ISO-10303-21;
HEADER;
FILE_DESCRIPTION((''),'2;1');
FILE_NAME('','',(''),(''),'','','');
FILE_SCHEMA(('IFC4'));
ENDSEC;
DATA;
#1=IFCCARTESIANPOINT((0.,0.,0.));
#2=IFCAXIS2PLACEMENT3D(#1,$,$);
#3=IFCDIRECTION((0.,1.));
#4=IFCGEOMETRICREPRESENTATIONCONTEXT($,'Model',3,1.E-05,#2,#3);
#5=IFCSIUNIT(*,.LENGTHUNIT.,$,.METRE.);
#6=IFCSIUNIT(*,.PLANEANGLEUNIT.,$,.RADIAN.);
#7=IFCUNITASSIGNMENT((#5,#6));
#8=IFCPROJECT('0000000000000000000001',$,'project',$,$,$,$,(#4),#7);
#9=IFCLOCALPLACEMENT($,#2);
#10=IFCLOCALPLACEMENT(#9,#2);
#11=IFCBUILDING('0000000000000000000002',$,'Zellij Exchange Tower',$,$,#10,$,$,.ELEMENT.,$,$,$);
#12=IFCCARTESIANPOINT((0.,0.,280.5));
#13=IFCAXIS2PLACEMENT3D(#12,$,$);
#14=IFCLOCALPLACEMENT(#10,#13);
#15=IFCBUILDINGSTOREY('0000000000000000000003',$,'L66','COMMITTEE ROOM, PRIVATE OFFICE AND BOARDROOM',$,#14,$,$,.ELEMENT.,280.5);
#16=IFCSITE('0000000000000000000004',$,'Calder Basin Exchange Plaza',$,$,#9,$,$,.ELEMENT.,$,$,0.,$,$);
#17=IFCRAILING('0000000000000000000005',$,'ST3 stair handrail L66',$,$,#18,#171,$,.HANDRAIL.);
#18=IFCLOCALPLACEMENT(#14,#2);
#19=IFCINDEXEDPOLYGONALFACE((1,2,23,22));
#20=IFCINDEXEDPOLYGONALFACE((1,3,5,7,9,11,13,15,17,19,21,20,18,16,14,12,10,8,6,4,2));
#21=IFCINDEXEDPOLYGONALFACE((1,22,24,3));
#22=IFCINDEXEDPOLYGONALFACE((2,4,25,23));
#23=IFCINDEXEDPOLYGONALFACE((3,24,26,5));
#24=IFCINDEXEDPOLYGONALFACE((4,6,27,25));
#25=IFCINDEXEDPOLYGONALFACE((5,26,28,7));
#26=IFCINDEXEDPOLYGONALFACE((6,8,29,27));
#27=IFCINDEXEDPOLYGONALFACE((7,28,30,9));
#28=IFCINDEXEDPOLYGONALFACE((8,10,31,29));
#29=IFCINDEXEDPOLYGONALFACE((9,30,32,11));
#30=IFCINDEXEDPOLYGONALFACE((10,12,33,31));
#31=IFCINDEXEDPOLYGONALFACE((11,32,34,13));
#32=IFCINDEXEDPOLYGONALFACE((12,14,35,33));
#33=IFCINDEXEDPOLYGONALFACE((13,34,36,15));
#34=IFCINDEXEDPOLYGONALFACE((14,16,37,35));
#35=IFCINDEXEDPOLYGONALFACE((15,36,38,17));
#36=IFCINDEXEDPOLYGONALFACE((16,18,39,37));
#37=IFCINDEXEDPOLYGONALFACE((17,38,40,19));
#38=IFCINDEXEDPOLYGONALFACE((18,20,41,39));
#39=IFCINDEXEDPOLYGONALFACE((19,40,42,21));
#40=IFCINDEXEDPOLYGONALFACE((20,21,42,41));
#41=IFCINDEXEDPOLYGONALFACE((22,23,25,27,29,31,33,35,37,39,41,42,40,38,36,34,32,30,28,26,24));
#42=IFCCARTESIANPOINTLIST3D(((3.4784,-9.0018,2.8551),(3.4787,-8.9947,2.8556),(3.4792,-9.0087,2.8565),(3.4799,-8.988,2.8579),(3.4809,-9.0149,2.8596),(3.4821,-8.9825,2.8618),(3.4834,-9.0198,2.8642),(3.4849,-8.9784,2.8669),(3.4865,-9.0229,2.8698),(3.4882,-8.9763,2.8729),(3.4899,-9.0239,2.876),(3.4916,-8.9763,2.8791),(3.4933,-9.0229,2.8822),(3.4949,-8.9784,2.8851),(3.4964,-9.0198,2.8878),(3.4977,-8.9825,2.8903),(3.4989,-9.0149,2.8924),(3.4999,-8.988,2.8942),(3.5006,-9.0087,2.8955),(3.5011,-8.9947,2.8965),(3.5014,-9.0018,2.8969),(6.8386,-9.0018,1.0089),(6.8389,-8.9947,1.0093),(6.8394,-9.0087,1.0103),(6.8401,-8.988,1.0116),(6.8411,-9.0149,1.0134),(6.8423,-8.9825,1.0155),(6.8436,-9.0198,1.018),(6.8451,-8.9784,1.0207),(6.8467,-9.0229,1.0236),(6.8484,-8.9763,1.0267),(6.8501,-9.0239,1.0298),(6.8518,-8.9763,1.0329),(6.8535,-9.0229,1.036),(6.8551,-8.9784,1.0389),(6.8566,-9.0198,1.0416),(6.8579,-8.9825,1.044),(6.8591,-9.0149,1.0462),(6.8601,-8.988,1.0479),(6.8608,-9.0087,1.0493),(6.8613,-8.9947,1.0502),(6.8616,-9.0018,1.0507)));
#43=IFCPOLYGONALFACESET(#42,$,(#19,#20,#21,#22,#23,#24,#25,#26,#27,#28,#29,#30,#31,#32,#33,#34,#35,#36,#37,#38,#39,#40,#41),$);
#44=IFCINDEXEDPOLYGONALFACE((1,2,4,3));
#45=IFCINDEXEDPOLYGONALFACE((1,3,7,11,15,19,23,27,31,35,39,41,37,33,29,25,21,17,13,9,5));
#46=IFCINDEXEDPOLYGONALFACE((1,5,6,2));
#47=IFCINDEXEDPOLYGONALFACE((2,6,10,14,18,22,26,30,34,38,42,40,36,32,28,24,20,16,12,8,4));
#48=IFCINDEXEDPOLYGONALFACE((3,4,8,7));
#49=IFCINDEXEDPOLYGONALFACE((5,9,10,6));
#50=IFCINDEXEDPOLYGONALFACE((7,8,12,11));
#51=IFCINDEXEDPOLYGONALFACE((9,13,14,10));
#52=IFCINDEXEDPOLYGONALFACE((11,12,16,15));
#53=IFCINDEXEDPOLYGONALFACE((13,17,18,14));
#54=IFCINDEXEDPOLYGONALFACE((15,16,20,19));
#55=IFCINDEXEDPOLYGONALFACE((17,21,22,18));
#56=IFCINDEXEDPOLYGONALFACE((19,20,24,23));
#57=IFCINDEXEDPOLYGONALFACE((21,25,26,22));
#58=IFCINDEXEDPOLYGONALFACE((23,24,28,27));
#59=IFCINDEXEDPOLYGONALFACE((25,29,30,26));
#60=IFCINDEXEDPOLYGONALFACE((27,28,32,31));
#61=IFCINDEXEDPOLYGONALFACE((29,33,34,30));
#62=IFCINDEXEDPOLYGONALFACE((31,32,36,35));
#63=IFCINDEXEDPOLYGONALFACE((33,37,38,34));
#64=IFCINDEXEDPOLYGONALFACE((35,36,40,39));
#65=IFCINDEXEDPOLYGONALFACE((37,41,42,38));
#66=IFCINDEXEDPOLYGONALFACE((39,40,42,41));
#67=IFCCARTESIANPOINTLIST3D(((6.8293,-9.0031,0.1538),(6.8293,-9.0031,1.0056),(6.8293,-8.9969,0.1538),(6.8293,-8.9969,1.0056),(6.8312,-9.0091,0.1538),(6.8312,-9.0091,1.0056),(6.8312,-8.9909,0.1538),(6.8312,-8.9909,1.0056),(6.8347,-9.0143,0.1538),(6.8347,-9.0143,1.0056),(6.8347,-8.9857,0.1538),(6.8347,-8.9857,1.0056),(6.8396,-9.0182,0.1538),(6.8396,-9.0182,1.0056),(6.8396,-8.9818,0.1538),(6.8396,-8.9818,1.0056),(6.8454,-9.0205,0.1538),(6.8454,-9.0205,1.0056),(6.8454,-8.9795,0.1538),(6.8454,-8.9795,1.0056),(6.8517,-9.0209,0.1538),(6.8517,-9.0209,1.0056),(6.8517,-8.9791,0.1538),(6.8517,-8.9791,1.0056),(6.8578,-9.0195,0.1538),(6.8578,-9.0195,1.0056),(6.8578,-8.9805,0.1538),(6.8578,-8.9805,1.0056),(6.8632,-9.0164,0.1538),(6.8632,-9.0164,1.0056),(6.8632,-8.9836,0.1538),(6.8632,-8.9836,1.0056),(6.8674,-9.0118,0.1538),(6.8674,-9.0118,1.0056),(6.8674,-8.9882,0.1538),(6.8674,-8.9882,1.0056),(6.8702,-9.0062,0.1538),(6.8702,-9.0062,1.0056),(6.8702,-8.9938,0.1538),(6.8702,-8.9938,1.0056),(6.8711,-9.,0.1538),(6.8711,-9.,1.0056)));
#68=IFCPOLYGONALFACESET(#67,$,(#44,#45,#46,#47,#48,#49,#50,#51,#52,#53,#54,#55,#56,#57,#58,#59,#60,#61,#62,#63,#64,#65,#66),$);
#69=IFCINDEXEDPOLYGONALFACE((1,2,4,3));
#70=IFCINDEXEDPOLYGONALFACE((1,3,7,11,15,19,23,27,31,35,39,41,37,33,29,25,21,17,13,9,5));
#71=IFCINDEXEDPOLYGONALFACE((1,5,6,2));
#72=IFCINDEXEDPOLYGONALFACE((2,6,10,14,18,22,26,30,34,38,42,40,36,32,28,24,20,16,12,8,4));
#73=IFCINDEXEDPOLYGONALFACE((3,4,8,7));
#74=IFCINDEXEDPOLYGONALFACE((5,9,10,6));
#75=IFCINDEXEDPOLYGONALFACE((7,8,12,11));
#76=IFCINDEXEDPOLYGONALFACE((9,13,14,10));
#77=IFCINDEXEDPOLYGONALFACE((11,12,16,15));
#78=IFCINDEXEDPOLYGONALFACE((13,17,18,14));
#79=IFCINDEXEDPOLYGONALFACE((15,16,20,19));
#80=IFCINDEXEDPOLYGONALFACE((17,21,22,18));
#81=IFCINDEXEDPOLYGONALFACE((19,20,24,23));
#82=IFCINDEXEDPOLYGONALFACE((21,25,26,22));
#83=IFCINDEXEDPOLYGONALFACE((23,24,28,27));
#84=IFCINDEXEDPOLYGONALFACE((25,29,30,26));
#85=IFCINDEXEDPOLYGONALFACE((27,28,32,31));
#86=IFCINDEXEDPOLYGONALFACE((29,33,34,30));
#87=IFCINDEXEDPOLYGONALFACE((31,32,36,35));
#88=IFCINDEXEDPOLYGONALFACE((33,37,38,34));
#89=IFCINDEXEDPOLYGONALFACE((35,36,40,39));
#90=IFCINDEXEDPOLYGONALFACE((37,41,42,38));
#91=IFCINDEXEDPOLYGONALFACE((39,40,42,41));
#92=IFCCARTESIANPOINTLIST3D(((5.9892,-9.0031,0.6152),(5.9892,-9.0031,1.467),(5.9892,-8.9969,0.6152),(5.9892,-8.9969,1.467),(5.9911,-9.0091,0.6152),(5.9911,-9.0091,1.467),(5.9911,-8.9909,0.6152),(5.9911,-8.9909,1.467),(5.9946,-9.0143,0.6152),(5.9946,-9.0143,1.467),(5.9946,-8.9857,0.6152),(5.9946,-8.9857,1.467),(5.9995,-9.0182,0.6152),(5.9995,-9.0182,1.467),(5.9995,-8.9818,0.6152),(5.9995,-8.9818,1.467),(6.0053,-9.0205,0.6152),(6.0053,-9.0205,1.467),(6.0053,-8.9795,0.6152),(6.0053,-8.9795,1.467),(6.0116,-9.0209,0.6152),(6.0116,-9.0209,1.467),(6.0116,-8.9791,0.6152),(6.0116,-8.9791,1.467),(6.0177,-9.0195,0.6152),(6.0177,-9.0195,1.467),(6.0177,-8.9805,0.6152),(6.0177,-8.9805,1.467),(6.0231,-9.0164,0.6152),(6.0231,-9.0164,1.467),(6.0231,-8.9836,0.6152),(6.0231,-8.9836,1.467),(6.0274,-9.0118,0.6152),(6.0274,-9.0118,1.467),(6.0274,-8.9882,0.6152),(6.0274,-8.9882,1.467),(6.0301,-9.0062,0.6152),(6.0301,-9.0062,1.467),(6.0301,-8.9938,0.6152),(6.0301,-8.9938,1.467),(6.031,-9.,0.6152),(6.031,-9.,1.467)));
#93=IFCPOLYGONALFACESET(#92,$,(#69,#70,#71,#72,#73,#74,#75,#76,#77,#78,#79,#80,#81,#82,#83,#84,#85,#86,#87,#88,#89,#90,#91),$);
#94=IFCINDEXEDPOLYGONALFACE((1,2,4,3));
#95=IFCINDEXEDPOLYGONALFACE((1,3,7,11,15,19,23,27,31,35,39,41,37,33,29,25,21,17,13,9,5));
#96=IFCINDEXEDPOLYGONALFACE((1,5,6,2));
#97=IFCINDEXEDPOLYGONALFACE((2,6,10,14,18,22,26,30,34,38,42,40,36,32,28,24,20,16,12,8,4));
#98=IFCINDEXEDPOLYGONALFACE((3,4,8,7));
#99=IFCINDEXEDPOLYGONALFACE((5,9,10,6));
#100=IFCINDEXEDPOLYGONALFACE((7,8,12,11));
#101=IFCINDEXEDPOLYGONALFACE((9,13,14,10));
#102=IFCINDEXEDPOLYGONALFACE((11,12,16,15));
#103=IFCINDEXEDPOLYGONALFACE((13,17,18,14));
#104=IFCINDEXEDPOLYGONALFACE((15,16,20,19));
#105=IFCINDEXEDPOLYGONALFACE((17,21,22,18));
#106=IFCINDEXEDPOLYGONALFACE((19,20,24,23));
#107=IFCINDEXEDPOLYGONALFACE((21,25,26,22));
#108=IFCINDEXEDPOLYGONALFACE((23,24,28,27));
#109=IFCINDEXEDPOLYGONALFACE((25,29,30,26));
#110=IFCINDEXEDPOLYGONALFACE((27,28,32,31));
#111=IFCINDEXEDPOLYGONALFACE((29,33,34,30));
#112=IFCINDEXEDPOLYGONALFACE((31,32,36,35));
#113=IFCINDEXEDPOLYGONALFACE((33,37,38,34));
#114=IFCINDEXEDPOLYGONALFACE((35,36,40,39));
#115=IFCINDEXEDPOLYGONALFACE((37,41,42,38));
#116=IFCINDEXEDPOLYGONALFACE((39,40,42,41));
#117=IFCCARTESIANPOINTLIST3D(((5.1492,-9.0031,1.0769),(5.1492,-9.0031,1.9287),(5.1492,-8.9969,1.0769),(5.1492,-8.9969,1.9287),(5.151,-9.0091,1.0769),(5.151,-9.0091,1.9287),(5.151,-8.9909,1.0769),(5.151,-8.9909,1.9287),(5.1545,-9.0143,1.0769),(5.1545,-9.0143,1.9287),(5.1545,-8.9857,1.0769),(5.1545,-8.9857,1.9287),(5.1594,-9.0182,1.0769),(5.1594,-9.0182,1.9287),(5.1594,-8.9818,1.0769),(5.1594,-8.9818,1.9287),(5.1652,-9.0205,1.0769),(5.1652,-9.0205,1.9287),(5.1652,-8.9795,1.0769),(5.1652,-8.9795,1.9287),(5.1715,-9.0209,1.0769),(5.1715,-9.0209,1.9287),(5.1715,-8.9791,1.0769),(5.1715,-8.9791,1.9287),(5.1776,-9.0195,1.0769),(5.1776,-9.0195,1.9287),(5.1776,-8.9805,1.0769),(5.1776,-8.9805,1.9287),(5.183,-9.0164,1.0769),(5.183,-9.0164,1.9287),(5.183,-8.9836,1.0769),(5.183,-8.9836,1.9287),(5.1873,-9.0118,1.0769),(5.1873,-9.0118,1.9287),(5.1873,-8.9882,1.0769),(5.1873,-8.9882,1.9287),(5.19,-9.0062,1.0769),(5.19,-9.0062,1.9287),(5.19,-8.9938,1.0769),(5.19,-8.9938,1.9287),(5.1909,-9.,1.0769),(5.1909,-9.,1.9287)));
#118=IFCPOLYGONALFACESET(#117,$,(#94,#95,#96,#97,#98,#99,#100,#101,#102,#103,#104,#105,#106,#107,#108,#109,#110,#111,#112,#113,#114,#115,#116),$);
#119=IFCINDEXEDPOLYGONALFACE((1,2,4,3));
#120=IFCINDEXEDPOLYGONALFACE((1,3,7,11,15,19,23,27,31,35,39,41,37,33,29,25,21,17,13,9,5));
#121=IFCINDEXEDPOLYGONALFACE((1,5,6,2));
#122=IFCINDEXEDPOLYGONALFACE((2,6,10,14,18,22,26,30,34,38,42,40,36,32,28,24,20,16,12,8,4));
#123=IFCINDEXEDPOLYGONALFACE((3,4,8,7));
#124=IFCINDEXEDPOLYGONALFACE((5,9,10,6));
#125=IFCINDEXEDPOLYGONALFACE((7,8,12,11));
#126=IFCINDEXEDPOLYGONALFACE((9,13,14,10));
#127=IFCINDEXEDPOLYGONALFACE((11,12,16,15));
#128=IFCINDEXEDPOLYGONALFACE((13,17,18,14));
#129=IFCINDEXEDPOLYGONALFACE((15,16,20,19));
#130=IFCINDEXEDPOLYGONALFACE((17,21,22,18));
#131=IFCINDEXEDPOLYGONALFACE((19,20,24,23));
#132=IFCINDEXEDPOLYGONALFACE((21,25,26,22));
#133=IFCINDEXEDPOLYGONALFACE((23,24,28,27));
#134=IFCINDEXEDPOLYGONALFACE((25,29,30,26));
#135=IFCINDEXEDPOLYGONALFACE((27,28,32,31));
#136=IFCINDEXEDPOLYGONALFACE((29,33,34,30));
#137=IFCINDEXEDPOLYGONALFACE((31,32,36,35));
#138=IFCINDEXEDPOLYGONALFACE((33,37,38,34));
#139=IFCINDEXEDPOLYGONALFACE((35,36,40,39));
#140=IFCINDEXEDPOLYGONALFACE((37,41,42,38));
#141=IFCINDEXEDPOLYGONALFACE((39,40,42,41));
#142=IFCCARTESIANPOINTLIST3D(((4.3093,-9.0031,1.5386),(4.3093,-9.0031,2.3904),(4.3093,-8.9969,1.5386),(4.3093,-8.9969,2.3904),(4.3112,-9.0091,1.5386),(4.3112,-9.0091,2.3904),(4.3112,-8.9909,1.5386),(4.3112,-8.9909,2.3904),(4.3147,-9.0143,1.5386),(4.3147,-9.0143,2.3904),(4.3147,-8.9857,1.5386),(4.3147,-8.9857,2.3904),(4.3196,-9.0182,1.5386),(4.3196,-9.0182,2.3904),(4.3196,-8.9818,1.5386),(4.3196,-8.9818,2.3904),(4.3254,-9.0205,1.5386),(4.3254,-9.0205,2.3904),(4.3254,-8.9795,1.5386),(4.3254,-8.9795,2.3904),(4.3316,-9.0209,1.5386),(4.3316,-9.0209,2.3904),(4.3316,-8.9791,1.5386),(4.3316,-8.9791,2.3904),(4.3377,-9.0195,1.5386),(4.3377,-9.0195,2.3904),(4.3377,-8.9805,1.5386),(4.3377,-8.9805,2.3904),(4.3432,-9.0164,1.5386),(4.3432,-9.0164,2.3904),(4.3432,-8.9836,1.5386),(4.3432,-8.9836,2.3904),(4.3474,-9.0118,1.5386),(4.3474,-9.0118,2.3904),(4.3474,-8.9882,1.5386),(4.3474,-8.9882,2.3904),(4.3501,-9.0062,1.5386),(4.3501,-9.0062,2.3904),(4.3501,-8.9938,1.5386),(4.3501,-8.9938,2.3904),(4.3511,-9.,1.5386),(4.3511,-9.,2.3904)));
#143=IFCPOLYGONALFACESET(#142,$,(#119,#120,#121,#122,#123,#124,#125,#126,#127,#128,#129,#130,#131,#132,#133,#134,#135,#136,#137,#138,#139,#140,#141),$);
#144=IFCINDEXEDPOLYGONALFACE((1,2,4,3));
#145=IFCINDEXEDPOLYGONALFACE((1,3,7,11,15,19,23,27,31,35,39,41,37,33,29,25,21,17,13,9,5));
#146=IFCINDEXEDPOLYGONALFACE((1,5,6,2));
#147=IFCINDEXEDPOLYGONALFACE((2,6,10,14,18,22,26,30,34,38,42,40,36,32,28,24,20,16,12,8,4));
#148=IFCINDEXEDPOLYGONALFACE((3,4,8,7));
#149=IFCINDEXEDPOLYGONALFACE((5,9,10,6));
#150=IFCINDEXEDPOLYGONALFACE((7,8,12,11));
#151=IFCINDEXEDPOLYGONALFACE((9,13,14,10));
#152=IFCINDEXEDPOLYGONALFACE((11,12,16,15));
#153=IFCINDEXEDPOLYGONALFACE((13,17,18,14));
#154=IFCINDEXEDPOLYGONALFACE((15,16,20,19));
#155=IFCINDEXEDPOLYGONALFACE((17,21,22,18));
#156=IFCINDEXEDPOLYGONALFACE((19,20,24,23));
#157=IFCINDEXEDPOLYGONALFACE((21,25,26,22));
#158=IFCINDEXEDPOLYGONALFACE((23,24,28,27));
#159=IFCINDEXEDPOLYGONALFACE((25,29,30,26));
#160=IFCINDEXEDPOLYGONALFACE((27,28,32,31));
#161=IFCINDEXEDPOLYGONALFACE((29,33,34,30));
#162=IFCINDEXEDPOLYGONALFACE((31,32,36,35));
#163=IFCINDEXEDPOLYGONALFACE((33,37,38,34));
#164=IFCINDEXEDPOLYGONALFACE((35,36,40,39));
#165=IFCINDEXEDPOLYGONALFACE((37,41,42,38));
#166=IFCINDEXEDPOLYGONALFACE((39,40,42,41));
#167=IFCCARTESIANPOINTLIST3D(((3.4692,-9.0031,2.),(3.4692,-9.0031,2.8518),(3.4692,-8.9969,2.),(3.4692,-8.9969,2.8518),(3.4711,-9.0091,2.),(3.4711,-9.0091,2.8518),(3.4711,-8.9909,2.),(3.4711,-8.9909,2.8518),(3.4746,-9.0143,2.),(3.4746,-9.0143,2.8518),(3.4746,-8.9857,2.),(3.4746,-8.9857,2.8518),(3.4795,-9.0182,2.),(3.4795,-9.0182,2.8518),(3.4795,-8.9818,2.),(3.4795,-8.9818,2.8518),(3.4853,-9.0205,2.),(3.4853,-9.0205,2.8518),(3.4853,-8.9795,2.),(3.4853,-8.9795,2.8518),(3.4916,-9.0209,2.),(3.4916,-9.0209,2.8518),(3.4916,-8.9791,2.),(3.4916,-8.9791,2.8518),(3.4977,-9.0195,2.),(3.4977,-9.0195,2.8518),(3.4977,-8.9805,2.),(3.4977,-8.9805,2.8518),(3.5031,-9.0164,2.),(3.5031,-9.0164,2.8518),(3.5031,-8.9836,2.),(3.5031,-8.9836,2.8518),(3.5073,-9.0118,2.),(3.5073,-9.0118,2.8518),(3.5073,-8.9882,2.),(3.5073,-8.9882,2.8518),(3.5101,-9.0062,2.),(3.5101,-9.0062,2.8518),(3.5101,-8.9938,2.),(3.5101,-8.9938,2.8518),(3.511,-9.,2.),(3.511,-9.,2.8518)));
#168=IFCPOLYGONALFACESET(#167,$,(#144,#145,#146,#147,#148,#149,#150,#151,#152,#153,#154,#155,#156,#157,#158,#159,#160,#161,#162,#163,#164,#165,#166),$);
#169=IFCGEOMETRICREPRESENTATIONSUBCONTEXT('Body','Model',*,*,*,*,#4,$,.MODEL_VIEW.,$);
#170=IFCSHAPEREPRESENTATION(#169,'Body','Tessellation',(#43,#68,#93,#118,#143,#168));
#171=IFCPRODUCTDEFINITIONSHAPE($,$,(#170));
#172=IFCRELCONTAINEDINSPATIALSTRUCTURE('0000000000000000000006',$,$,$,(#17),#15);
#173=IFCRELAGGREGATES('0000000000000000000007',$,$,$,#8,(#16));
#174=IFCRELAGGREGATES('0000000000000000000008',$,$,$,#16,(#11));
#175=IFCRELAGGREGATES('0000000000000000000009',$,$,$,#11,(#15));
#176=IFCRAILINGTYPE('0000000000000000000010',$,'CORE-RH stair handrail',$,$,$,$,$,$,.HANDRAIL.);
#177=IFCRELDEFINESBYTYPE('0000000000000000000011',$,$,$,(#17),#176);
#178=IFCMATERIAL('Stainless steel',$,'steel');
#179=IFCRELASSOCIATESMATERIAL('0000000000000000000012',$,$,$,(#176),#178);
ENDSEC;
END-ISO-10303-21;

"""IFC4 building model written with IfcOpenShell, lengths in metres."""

from ifc_helpers import new_model, si_unit, direction, frame, origin, origin_2d, place, context, subcontext, project, spatial, circle, extrude, material, type_object, element, save


model = new_model("IFC4")

# Units and contexts
model_context = context("Model", 3, precision=1e-05, world=origin(), true_north=direction((0.0, 1.0)))
body_context = subcontext(model_context, "Body", "Model", "MODEL_VIEW")
ifc_project = project(units=[si_unit("LENGTHUNIT", "METRE"), si_unit("PLANEANGLEUNIT", "RADIAN")], contexts=[model_context])

# Site, building, storey
site_placement = place(None, origin())
site = spatial("IfcSite", under=ifc_project, at=site_placement, Name="Calder Basin Exchange Plaza", CompositionType="ELEMENT", RefElevation=0.0)
building_placement = place(site_placement, origin())
building = spatial("IfcBuilding", under=site, at=building_placement, Name="Zellij Exchange Tower", CompositionType="ELEMENT")
storey_placement = place(building_placement, frame((0.0, 0.0, 280.5)))
storey = spatial("IfcBuildingStorey", under=building, at=storey_placement, Name="L66", Description="COMMITTEE ROOM, PRIVATE OFFICE AND BOARDROOM", CompositionType="ELEMENT", Elevation=280.5)

# Railing
ifc_material_1 = material(Name="Stainless steel", Category="steel")
railing_type_1 = type_object("IfcRailingType", Name="CORE-RH stair handrail", PredefinedType="HANDRAIL", material=ifc_material_1)
railing_1_placement = place(storey_placement, frame((6.8501, -9.0, 0.1538)))
element("IfcRailing", 1, at=railing_1_placement, inside=storey, type_object=railing_type_1, Name="ST3 stair handrail L66", PredefinedType="HANDRAIL", context=body_context, shape_type="SweptSolid", body=[
    extrude(circle(Radius=0.0239, at=origin_2d()), frame((0.0, 0.0, 0.876), z_axis=(-0.876422, 0.0, 0.481545), x_axis=(0.0, -1.0, 0.0)), (0.0, 0.0, 1.0), 3.834),
    extrude(circle(Radius=0.021, at=origin_2d()), origin(), (0.0, 0.0, 1.0), 0.8518),
    extrude(circle(Radius=0.021, at=origin_2d()), frame((-0.8401, 0.0, 0.4614)), (0.0, 0.0, 1.0), 0.8518),
    extrude(circle(Radius=0.021, at=origin_2d()), frame((-1.6802, 0.0, 0.9231)), (0.0, 0.0, 1.0), 0.8518),
    extrude(circle(Radius=0.021, at=origin_2d()), frame((-2.52, 0.0, 1.3848)), (0.0, 0.0, 1.0), 0.8518),
    extrude(circle(Radius=0.021, at=origin_2d()), frame((-3.3601, 0.0, 1.8462)), (0.0, 0.0, 1.0), 0.8518),
])

save(model, "model.ifc")
